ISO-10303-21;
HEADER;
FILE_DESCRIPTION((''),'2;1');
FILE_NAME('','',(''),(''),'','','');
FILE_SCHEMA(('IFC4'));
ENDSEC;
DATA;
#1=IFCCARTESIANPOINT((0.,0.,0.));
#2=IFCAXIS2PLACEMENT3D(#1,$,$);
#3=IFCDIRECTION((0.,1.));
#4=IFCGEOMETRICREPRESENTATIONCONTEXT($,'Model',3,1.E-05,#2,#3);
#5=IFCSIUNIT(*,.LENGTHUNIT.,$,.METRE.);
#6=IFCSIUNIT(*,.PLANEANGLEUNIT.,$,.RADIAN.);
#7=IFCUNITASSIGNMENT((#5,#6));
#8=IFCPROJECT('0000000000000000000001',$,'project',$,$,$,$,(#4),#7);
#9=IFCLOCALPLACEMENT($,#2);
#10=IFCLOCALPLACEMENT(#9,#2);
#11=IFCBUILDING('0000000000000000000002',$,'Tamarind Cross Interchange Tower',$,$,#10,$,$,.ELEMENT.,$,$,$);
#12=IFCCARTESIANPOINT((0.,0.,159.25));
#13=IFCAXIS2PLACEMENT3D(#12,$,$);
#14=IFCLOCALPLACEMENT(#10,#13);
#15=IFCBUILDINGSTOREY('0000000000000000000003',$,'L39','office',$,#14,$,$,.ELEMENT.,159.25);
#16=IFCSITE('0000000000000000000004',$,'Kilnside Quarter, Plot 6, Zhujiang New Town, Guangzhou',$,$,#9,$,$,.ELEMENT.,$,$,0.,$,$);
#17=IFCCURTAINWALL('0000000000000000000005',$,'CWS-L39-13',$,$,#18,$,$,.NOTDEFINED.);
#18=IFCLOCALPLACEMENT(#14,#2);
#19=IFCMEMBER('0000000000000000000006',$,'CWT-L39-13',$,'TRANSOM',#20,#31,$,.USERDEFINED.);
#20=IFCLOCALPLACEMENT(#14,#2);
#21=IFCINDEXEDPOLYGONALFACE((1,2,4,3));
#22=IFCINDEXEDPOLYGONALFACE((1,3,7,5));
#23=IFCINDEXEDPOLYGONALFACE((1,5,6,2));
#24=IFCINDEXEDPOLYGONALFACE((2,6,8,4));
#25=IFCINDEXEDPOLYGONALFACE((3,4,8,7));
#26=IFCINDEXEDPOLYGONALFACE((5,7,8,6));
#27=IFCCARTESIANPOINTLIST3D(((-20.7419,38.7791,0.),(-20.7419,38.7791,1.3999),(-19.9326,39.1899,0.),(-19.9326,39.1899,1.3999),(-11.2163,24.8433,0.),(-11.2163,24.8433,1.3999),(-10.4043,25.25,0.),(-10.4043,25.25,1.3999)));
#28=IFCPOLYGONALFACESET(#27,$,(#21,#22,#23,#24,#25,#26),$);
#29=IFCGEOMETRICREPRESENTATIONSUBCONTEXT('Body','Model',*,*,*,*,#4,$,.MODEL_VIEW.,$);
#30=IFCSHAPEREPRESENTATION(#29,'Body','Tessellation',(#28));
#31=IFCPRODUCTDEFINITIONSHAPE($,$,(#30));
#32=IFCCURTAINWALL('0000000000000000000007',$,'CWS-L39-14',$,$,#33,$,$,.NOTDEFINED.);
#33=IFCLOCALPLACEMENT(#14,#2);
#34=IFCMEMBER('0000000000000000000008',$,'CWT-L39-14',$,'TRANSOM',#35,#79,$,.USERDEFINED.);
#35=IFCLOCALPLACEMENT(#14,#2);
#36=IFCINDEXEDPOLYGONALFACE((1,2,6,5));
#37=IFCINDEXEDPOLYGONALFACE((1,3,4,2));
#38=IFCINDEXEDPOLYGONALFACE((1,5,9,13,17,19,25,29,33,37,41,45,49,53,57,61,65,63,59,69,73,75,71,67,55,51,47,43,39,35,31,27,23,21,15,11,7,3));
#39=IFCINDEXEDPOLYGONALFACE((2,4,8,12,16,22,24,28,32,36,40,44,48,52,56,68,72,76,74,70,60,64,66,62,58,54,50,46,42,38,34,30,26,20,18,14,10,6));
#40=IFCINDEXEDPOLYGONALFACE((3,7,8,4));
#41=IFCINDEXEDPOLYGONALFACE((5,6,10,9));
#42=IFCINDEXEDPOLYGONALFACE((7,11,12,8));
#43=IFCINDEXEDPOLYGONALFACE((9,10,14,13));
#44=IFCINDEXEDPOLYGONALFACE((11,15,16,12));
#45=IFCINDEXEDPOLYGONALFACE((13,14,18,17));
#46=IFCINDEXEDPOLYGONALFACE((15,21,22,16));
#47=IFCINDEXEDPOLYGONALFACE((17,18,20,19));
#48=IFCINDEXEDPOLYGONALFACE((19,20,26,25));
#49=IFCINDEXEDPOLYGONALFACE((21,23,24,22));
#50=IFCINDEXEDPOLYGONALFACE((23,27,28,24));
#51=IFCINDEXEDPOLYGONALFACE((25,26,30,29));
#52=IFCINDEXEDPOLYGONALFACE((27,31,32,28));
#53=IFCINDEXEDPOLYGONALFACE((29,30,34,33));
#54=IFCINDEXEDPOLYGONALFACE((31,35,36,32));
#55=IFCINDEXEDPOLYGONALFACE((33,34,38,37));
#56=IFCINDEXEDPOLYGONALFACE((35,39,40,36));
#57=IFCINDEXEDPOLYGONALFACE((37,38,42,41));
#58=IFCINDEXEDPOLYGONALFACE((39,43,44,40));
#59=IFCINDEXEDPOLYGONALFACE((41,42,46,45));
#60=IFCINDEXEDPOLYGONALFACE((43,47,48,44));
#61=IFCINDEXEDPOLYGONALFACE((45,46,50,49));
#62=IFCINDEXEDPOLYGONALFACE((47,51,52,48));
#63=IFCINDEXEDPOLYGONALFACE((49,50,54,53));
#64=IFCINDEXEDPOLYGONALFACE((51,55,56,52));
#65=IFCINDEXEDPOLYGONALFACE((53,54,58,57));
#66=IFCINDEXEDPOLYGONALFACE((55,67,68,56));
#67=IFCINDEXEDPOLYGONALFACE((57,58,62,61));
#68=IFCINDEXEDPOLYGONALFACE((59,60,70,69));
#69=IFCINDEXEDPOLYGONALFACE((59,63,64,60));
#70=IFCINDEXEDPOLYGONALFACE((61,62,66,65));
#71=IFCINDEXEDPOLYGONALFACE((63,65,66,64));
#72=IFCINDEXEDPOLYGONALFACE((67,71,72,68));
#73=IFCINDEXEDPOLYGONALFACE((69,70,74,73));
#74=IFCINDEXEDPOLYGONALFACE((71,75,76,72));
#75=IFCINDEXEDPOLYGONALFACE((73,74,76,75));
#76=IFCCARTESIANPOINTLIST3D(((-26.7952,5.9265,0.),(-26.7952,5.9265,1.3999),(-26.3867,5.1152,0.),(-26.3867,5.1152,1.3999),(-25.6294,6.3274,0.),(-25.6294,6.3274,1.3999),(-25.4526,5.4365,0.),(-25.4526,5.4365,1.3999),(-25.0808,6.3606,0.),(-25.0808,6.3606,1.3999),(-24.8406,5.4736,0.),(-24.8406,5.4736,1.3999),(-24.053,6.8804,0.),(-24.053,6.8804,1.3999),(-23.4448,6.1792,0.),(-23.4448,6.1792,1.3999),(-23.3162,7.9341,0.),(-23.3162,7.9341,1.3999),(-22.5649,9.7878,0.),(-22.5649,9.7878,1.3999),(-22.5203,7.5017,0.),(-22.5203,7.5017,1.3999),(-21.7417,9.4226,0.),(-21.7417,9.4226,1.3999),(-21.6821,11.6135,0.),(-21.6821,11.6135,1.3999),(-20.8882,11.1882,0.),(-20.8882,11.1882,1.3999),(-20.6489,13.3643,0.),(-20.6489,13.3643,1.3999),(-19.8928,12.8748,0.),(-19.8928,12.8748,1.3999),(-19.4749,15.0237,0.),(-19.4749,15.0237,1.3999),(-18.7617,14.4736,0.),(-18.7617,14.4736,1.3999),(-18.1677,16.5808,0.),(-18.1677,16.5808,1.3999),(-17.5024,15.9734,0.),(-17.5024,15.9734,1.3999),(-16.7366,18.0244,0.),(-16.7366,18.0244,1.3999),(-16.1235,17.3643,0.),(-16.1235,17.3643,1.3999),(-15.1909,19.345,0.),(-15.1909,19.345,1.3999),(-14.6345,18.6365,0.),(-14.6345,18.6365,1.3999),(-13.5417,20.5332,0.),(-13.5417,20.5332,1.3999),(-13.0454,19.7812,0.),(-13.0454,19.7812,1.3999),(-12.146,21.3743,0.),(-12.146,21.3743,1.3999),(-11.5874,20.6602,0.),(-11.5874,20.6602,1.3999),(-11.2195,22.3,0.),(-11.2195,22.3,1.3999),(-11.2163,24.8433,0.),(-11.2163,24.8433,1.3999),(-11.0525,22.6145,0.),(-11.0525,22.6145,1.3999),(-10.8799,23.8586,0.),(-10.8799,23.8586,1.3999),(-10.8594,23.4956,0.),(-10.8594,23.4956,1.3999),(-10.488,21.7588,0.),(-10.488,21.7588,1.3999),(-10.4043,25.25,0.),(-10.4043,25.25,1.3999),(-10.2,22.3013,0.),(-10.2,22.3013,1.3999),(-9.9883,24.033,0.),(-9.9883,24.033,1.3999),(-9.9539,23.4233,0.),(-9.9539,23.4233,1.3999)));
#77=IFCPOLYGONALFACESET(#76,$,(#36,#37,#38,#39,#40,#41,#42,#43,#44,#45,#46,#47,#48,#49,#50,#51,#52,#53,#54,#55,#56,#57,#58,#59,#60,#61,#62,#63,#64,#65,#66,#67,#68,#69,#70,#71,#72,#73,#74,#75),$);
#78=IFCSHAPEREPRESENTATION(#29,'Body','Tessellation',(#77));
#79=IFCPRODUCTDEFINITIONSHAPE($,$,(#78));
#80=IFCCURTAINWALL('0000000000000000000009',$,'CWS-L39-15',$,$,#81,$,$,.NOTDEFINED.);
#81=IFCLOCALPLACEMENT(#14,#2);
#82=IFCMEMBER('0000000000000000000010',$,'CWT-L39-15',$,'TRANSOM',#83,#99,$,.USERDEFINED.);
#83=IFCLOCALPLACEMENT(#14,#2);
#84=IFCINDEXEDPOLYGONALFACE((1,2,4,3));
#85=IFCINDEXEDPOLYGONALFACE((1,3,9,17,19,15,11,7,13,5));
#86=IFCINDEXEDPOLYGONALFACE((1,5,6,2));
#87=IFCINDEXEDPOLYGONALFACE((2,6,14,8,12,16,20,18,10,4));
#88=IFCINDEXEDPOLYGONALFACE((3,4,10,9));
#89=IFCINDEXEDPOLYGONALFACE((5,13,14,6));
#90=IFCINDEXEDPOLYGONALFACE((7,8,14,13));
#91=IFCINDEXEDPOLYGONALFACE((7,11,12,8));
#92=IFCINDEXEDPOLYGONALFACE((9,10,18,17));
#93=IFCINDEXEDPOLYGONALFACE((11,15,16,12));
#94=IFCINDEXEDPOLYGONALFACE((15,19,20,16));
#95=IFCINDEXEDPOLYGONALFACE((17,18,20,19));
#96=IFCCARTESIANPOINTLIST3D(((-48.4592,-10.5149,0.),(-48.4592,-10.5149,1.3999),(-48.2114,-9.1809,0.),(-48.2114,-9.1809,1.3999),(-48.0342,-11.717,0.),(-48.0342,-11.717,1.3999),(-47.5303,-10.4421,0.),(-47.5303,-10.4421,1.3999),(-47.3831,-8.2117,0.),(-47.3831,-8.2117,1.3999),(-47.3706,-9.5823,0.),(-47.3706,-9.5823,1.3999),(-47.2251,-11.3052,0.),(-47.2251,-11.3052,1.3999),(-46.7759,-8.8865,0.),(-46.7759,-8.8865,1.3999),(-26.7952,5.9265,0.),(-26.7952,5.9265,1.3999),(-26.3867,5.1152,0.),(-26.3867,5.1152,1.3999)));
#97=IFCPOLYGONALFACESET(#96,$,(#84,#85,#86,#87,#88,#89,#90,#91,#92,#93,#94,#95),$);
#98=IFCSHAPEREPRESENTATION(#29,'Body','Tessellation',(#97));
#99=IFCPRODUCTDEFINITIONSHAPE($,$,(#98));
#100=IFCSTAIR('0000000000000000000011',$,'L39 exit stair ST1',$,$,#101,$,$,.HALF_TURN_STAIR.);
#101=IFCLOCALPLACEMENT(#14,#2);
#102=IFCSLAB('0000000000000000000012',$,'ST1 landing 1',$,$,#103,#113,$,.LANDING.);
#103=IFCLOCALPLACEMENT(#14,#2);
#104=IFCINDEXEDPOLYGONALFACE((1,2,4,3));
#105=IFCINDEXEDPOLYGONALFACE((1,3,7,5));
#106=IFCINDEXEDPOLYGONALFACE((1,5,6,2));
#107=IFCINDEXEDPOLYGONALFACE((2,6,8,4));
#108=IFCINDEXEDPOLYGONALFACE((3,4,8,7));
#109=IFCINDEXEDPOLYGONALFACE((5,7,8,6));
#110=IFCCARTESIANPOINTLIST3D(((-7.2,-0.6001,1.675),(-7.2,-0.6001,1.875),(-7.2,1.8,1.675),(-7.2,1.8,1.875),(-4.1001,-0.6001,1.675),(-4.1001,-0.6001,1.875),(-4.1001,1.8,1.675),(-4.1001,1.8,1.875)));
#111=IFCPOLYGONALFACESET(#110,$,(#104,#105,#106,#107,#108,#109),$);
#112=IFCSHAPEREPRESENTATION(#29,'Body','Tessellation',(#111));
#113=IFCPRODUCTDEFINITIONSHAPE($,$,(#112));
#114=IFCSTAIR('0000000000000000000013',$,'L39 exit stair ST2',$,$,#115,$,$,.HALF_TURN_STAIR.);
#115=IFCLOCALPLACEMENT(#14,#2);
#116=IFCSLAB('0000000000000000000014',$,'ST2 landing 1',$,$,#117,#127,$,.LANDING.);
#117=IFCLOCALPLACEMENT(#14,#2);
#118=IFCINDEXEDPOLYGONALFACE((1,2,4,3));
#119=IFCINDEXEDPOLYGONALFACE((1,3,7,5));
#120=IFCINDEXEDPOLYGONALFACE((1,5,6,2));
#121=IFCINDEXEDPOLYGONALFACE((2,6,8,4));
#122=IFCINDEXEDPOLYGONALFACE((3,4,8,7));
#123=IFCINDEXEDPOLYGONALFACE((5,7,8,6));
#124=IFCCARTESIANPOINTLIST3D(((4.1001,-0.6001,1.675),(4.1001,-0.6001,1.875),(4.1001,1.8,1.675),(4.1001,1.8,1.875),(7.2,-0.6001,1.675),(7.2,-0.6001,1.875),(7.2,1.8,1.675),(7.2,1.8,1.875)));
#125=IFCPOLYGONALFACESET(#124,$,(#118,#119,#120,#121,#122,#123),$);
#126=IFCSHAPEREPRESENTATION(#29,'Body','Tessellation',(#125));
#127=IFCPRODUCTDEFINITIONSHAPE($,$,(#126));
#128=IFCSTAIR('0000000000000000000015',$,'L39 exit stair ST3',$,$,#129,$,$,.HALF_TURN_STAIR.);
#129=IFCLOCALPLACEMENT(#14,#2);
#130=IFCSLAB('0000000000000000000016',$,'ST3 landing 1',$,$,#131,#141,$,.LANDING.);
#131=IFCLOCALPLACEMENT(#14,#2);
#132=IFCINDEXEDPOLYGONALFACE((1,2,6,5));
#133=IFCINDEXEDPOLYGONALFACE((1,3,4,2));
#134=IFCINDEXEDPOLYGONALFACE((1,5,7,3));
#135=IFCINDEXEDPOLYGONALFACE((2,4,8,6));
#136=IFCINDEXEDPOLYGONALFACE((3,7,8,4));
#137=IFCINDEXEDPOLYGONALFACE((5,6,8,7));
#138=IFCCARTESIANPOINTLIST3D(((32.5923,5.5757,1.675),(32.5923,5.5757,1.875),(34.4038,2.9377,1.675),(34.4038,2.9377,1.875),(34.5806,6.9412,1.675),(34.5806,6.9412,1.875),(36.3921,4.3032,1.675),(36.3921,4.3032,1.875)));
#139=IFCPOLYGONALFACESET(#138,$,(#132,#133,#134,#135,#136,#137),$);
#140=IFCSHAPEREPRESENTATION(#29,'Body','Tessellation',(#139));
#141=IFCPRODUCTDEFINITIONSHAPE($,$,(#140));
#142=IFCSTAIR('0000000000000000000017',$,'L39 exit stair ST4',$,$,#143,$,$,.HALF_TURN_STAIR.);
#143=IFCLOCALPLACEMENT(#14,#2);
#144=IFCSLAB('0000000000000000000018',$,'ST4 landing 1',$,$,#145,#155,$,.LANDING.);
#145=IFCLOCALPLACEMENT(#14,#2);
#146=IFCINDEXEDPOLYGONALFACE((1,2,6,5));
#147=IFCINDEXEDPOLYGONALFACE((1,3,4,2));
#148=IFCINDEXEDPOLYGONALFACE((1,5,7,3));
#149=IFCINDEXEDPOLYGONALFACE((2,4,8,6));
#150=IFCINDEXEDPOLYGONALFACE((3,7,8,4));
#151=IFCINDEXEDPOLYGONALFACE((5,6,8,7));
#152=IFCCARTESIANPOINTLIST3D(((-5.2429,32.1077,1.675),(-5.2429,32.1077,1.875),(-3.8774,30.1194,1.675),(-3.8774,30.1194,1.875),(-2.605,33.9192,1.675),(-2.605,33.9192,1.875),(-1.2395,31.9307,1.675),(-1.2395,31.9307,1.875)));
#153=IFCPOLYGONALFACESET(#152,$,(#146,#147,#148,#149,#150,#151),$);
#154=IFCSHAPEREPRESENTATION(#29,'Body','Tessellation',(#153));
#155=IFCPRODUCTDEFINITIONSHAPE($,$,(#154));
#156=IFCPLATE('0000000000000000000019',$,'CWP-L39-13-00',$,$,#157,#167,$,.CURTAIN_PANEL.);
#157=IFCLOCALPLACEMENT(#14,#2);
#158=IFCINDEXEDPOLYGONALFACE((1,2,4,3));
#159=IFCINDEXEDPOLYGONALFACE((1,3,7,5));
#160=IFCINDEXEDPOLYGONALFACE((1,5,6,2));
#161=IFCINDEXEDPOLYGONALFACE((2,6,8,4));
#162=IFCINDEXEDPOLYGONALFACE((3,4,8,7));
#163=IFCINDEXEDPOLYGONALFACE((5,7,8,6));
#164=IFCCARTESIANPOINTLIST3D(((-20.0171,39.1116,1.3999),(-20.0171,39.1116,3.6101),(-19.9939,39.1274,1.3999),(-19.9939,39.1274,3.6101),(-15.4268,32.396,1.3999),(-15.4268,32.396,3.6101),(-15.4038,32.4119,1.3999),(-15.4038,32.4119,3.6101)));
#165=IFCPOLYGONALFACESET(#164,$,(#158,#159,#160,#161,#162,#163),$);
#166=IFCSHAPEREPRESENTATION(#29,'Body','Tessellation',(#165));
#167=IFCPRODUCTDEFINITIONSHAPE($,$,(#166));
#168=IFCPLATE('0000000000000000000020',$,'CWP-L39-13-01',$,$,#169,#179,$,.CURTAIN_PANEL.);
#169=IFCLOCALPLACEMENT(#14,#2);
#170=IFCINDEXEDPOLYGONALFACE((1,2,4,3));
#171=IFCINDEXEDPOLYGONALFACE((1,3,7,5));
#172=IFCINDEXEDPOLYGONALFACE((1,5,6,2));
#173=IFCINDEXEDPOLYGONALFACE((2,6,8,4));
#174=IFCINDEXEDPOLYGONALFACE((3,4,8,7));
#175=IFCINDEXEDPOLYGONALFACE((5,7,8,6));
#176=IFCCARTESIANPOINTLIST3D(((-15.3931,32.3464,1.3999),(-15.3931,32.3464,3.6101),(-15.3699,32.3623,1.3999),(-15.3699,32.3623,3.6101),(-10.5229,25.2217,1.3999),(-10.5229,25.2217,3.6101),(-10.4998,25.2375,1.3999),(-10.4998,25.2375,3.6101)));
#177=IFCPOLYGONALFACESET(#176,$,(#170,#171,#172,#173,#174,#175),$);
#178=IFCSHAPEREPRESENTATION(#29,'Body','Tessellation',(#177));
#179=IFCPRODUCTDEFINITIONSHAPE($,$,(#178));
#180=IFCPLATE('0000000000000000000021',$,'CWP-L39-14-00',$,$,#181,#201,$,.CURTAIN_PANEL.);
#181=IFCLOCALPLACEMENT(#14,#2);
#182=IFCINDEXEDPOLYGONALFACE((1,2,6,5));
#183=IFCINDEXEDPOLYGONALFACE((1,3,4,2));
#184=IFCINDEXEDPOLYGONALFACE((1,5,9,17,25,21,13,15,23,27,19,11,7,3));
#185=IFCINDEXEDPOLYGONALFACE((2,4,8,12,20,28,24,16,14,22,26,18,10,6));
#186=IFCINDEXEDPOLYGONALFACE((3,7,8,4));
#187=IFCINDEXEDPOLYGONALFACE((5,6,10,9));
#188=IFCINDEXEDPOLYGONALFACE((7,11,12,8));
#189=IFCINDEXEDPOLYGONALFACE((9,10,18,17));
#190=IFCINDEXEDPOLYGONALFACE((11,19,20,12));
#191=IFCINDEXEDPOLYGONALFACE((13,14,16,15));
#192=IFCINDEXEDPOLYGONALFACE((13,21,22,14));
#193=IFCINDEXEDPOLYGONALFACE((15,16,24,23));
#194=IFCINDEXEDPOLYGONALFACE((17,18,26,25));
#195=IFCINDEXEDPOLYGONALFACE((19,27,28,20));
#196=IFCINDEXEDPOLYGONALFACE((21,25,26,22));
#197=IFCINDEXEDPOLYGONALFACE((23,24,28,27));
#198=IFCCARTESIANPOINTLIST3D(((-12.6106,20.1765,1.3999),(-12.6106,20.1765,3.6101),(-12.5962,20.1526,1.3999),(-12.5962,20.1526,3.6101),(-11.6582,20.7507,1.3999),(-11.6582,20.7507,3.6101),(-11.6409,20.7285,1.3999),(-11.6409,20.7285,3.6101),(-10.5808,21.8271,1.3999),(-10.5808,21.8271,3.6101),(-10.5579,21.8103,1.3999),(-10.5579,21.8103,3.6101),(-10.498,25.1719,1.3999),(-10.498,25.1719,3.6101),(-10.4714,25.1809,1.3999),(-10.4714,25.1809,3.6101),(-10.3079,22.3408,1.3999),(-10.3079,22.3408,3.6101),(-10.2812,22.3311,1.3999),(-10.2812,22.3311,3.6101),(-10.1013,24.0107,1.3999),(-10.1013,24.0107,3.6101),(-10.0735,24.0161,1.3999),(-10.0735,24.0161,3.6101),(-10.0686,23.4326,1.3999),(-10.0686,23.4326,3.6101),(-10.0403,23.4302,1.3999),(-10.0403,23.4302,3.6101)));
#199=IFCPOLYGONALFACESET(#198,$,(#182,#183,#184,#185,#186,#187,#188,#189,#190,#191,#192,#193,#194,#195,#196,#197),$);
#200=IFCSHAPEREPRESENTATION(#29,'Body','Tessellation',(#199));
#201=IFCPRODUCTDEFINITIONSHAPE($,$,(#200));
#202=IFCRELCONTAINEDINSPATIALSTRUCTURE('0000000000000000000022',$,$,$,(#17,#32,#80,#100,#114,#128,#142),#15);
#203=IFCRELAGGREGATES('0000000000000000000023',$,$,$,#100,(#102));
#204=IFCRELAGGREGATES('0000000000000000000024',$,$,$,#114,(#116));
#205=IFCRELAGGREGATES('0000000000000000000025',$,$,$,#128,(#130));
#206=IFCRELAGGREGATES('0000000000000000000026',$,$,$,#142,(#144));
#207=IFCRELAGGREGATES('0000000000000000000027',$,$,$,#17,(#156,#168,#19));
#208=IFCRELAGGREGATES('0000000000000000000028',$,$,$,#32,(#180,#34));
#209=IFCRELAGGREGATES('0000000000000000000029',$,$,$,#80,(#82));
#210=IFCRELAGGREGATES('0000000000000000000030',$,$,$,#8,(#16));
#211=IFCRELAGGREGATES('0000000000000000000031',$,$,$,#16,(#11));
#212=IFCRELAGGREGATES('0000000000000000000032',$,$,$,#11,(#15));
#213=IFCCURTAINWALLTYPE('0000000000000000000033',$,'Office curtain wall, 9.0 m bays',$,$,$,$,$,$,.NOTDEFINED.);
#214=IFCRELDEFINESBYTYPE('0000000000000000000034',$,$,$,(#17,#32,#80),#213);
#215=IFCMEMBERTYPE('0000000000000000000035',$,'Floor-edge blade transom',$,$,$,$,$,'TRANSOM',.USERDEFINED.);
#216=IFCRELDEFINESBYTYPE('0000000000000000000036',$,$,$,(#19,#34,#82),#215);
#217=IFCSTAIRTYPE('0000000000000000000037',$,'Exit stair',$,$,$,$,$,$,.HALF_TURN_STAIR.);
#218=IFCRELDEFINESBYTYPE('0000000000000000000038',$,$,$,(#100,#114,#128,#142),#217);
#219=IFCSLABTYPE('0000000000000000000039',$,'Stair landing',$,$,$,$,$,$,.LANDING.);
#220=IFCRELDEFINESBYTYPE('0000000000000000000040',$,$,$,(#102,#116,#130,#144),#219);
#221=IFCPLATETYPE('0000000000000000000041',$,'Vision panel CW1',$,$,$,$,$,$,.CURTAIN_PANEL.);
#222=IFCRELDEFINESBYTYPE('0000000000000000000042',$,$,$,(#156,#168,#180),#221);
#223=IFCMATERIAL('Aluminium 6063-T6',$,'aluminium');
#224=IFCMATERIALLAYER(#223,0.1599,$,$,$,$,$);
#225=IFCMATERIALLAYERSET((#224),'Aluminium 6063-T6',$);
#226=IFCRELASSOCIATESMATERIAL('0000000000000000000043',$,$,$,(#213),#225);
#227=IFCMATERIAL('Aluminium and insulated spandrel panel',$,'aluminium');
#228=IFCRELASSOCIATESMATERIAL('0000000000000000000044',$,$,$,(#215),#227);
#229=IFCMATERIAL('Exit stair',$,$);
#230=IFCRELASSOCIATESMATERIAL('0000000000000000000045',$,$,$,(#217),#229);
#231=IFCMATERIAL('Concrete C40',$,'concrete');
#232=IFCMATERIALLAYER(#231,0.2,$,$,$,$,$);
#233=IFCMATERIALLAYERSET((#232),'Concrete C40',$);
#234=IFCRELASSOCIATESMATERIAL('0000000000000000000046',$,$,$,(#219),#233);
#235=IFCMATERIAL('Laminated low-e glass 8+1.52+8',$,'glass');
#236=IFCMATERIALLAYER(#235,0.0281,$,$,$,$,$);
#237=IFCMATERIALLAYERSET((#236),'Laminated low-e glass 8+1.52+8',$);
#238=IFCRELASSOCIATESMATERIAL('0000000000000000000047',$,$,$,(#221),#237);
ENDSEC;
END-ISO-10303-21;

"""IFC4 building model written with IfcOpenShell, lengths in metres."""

from ifc_helpers import new_model, si_unit, direction, frame, origin, place, context, subcontext, project, spatial, polyline, outline, extrude, material, layer, layer_set, type_object, element, aggregate, save


model = new_model("IFC4")

# Units and contexts
model_context = context("Model", 3, precision=1e-05, world=origin(), true_north=direction((0.0, 1.0)))
body_context = subcontext(model_context, "Body", "Model", "MODEL_VIEW")
ifc_project = project(units=[si_unit("LENGTHUNIT", "METRE"), si_unit("PLANEANGLEUNIT", "RADIAN")], contexts=[model_context])

# Site, building, storey
site_placement = place(None, origin())
site = spatial("IfcSite", under=ifc_project, at=site_placement, Name="Kilnside Quarter, Plot 6, Zhujiang New Town, Guangzhou", CompositionType="ELEMENT", RefElevation=0.0)
building_placement = place(site_placement, origin())
building = spatial("IfcBuilding", under=site, at=building_placement, Name="Tamarind Cross Interchange Tower", CompositionType="ELEMENT")
storey_placement = place(building_placement, frame((0.0, 0.0, 159.25)))
storey = spatial("IfcBuildingStorey", under=building, at=storey_placement, Name="L39", Description="office", CompositionType="ELEMENT", Elevation=159.25)

# Curtain walls, members
ifc_material_1 = material(Name="Aluminium 6063-T6", Category="aluminium")
ifc_layer_1 = layer(ifc_material_1, 0.1599)
ifc_layer_set_1 = layer_set([ifc_layer_1], Name="Aluminium 6063-T6")
curtain_wall_type = type_object("IfcCurtainWallType", Name="Office curtain wall, 9.0 m bays", PredefinedType="NOTDEFINED", material=ifc_layer_set_1)
curtain_wall_1_placement = place(storey_placement, origin())
curtain_wall_1 = element("IfcCurtainWall", 1, at=curtain_wall_1_placement, inside=storey, type_object=curtain_wall_type, Name="CWS-L39-13", PredefinedType="NOTDEFINED")
ifc_material_2 = material(Name="Aluminium and insulated spandrel panel", Category="aluminium")
member_type = type_object("IfcMemberType", Name="Floor-edge blade transom", ElementType="TRANSOM", PredefinedType="USERDEFINED", material=ifc_material_2)
member_1_placement = place(storey_placement, origin())
member_1 = element("IfcMember", 2, at=member_1_placement, type_object=member_type, Name="CWT-L39-13", ObjectType="TRANSOM", PredefinedType="USERDEFINED", context=body_context, shape_type="SweptSolid", body=[
    extrude(outline(polyline([(-19.9326, 39.1899), (-10.4043, 25.25), (-11.2163, 24.8433), (-20.7419, 38.7791), (-19.9326, 39.1899)])), origin(), (0.0, 0.0, 1.0), 1.3999),
])
curtain_wall_2_placement = place(storey_placement, origin())
curtain_wall_2 = element("IfcCurtainWall", 3, at=curtain_wall_2_placement, inside=storey, type_object=curtain_wall_type, Name="CWS-L39-14", PredefinedType="NOTDEFINED")
member_2_placement = place(storey_placement, origin())
member_2 = element("IfcMember", 4, at=member_2_placement, type_object=member_type, Name="CWT-L39-14", ObjectType="TRANSOM", PredefinedType="USERDEFINED", context=body_context, shape_type="SweptSolid", body=[
    extrude(outline(polyline([(-10.4043, 25.25), (-9.9883, 24.033), (-9.9539, 23.4233), (-10.2, 22.3013), (-10.488, 21.7588), (-11.5874, 20.6602), (-13.0454, 19.7812), (-14.6345, 18.6365), (-16.1235, 17.3643), (-17.5024, 15.9734), (-18.7617, 14.4736), (-19.8928, 12.8748), (-20.8882, 11.1882), (-21.7417, 9.4226), (-22.5203, 7.5017), (-23.4448, 6.1792), (-24.8406, 5.4736), (-25.4526, 5.4365), (-26.3867, 5.1152), (-26.7952, 5.9265), (-25.6294, 6.3274), (-25.0808, 6.3606), (-24.053, 6.8804), (-23.3162, 7.9341), (-22.5649, 9.7878), (-21.6821, 11.6135), (-20.6489, 13.3643), (-19.4749, 15.0237), (-18.1677, 16.5808), (-16.7366, 18.0244), (-15.1909, 19.345), (-13.5417, 20.5332), (-12.146, 21.3743), (-11.2195, 22.3), (-11.0525, 22.6145), (-10.8594, 23.4956), (-10.8799, 23.8586), (-11.2163, 24.8433), (-10.4043, 25.25)])), origin(), (0.0, 0.0, 1.0), 1.3999),
])
curtain_wall_3_placement = place(storey_placement, origin())
curtain_wall_3 = element("IfcCurtainWall", 5, at=curtain_wall_3_placement, inside=storey, type_object=curtain_wall_type, Name="CWS-L39-15", PredefinedType="NOTDEFINED")
member_3_placement = place(storey_placement, origin())
member_3 = element("IfcMember", 6, at=member_3_placement, type_object=member_type, Name="CWT-L39-15", ObjectType="TRANSOM", PredefinedType="USERDEFINED", context=body_context, shape_type="SweptSolid", body=[
    extrude(outline(polyline([(-26.3867, 5.1152), (-46.7759, -8.8865), (-47.3706, -9.5823), (-47.5303, -10.4421), (-47.2251, -11.3052), (-48.0342, -11.717), (-48.4592, -10.5149), (-48.2114, -9.1809), (-47.3831, -8.2117), (-26.7952, 5.9265), (-26.3867, 5.1152)])), origin(), (0.0, 0.0, 1.0), 1.3999),
])

# Stairs, slabs
ifc_material_3 = material(Name="Exit stair")
stair_type = type_object("IfcStairType", Name="Exit stair", PredefinedType="HALF_TURN_STAIR", material=ifc_material_3)
stair_1_placement = place(storey_placement, origin())
stair_1 = element("IfcStair", 7, at=stair_1_placement, inside=storey, type_object=stair_type, Name="L39 exit stair ST1", PredefinedType="HALF_TURN_STAIR")
ifc_material_4 = material(Name="Concrete C40", Category="concrete")
ifc_layer_2 = layer(ifc_material_4, 0.2)
ifc_layer_set_2 = layer_set([ifc_layer_2], Name="Concrete C40")
slab_type = type_object("IfcSlabType", Name="Stair landing", PredefinedType="LANDING", material=ifc_layer_set_2)
slab_1_placement = place(storey_placement, frame((0.0, 0.0, 1.675)))
slab_1 = element("IfcSlab", 8, at=slab_1_placement, type_object=slab_type, Name="ST1 landing 1", PredefinedType="LANDING", context=body_context, shape_type="SweptSolid", body=[
    extrude(outline(polyline([(-4.1001, -0.6001), (-4.1001, 1.8), (-7.2, 1.8), (-7.2, -0.6001), (-4.1001, -0.6001)])), origin(), (0.0, 0.0, 1.0), 0.2),
])
aggregate(stair_1, [slab_1])
stair_2_placement = place(storey_placement, origin())
stair_2 = element("IfcStair", 9, at=stair_2_placement, inside=storey, type_object=stair_type, Name="L39 exit stair ST2", PredefinedType="HALF_TURN_STAIR")
slab_2_placement = place(storey_placement, frame((0.0, 0.0, 1.675)))
slab_2 = element("IfcSlab", 10, at=slab_2_placement, type_object=slab_type, Name="ST2 landing 1", PredefinedType="LANDING", context=body_context, shape_type="SweptSolid", body=[
    extrude(outline(polyline([(7.2, -0.6001), (7.2, 1.8), (4.1001, 1.8), (4.1001, -0.6001), (7.2, -0.6001)])), origin(), (0.0, 0.0, 1.0), 0.2),
])
aggregate(stair_2, [slab_2])
stair_3_placement = place(storey_placement, origin())
stair_3 = element("IfcStair", 11, at=stair_3_placement, inside=storey, type_object=stair_type, Name="L39 exit stair ST3", PredefinedType="HALF_TURN_STAIR")
slab_3_placement = place(storey_placement, frame((0.0, 0.0, 1.675)))
slab_3 = element("IfcSlab", 12, at=slab_3_placement, type_object=slab_type, Name="ST3 landing 1", PredefinedType="LANDING", context=body_context, shape_type="SweptSolid", body=[
    extrude(outline(polyline([(34.4038, 2.9377), (36.3921, 4.3032), (34.5806, 6.9412), (32.5923, 5.5757), (34.4038, 2.9377)])), origin(), (0.0, 0.0, 1.0), 0.2),
])
aggregate(stair_3, [slab_3])
stair_4_placement = place(storey_placement, origin())
stair_4 = element("IfcStair", 13, at=stair_4_placement, inside=storey, type_object=stair_type, Name="L39 exit stair ST4", PredefinedType="HALF_TURN_STAIR")
slab_4_placement = place(storey_placement, frame((0.0, 0.0, 1.675)))
slab_4 = element("IfcSlab", 14, at=slab_4_placement, type_object=slab_type, Name="ST4 landing 1", PredefinedType="LANDING", context=body_context, shape_type="SweptSolid", body=[
    extrude(outline(polyline([(-1.2395, 31.9307), (-2.605, 33.9192), (-5.2429, 32.1077), (-3.8774, 30.1194), (-1.2395, 31.9307)])), origin(), (0.0, 0.0, 1.0), 0.2),
])
aggregate(stair_4, [slab_4])

# Plates
ifc_material_5 = material(Name="Laminated low-e glass 8+1.52+8", Category="glass")
ifc_layer_3 = layer(ifc_material_5, 0.0281)
ifc_layer_set_3 = layer_set([ifc_layer_3], Name="Laminated low-e glass 8+1.52+8")
plate_type = type_object("IfcPlateType", Name="Vision panel CW1", PredefinedType="CURTAIN_PANEL", material=ifc_layer_set_3)
plate_1_placement = place(storey_placement, frame((0.0, 0.0, 1.3999)))
plate_1 = element("IfcPlate", 15, at=plate_1_placement, type_object=plate_type, Name="CWP-L39-13-00", PredefinedType="CURTAIN_PANEL", context=body_context, shape_type="SweptSolid", body=[
    extrude(outline(polyline([(-19.9939, 39.1274), (-15.4038, 32.4119), (-15.4268, 32.396), (-20.0171, 39.1116), (-19.9939, 39.1274)])), origin(), (0.0, 0.0, 1.0), 2.2102),
])
plate_2_placement = place(storey_placement, frame((0.0, 0.0, 1.3999)))
plate_2 = element("IfcPlate", 16, at=plate_2_placement, type_object=plate_type, Name="CWP-L39-13-01", PredefinedType="CURTAIN_PANEL", context=body_context, shape_type="SweptSolid", body=[
    extrude(outline(polyline([(-15.3699, 32.3623), (-10.4998, 25.2375), (-10.5229, 25.2217), (-15.3931, 32.3464), (-15.3699, 32.3623)])), origin(), (0.0, 0.0, 1.0), 2.2102),
])
aggregate(curtain_wall_1, [plate_1, plate_2, member_1])
plate_3_placement = place(storey_placement, frame((0.0, 0.0, 1.3999)))
plate_3 = element("IfcPlate", 17, at=plate_3_placement, type_object=plate_type, Name="CWP-L39-14-00", PredefinedType="CURTAIN_PANEL", context=body_context, shape_type="SweptSolid", body=[
    extrude(outline(polyline([(-10.4714, 25.1809), (-10.0735, 24.0161), (-10.0403, 23.4302), (-10.2812, 22.3311), (-10.5579, 21.8103), (-11.6409, 20.7285), (-12.5962, 20.1526), (-12.6106, 20.1765), (-11.6582, 20.7507), (-10.5808, 21.8271), (-10.3079, 22.3408), (-10.0686, 23.4326), (-10.1013, 24.0107), (-10.498, 25.1719), (-10.4714, 25.1809)])), origin(), (0.0, 0.0, 1.0), 2.2102),
])
aggregate(curtain_wall_2, [plate_3, member_2])
aggregate(curtain_wall_3, [member_3])

save(model, "model.ifc")
